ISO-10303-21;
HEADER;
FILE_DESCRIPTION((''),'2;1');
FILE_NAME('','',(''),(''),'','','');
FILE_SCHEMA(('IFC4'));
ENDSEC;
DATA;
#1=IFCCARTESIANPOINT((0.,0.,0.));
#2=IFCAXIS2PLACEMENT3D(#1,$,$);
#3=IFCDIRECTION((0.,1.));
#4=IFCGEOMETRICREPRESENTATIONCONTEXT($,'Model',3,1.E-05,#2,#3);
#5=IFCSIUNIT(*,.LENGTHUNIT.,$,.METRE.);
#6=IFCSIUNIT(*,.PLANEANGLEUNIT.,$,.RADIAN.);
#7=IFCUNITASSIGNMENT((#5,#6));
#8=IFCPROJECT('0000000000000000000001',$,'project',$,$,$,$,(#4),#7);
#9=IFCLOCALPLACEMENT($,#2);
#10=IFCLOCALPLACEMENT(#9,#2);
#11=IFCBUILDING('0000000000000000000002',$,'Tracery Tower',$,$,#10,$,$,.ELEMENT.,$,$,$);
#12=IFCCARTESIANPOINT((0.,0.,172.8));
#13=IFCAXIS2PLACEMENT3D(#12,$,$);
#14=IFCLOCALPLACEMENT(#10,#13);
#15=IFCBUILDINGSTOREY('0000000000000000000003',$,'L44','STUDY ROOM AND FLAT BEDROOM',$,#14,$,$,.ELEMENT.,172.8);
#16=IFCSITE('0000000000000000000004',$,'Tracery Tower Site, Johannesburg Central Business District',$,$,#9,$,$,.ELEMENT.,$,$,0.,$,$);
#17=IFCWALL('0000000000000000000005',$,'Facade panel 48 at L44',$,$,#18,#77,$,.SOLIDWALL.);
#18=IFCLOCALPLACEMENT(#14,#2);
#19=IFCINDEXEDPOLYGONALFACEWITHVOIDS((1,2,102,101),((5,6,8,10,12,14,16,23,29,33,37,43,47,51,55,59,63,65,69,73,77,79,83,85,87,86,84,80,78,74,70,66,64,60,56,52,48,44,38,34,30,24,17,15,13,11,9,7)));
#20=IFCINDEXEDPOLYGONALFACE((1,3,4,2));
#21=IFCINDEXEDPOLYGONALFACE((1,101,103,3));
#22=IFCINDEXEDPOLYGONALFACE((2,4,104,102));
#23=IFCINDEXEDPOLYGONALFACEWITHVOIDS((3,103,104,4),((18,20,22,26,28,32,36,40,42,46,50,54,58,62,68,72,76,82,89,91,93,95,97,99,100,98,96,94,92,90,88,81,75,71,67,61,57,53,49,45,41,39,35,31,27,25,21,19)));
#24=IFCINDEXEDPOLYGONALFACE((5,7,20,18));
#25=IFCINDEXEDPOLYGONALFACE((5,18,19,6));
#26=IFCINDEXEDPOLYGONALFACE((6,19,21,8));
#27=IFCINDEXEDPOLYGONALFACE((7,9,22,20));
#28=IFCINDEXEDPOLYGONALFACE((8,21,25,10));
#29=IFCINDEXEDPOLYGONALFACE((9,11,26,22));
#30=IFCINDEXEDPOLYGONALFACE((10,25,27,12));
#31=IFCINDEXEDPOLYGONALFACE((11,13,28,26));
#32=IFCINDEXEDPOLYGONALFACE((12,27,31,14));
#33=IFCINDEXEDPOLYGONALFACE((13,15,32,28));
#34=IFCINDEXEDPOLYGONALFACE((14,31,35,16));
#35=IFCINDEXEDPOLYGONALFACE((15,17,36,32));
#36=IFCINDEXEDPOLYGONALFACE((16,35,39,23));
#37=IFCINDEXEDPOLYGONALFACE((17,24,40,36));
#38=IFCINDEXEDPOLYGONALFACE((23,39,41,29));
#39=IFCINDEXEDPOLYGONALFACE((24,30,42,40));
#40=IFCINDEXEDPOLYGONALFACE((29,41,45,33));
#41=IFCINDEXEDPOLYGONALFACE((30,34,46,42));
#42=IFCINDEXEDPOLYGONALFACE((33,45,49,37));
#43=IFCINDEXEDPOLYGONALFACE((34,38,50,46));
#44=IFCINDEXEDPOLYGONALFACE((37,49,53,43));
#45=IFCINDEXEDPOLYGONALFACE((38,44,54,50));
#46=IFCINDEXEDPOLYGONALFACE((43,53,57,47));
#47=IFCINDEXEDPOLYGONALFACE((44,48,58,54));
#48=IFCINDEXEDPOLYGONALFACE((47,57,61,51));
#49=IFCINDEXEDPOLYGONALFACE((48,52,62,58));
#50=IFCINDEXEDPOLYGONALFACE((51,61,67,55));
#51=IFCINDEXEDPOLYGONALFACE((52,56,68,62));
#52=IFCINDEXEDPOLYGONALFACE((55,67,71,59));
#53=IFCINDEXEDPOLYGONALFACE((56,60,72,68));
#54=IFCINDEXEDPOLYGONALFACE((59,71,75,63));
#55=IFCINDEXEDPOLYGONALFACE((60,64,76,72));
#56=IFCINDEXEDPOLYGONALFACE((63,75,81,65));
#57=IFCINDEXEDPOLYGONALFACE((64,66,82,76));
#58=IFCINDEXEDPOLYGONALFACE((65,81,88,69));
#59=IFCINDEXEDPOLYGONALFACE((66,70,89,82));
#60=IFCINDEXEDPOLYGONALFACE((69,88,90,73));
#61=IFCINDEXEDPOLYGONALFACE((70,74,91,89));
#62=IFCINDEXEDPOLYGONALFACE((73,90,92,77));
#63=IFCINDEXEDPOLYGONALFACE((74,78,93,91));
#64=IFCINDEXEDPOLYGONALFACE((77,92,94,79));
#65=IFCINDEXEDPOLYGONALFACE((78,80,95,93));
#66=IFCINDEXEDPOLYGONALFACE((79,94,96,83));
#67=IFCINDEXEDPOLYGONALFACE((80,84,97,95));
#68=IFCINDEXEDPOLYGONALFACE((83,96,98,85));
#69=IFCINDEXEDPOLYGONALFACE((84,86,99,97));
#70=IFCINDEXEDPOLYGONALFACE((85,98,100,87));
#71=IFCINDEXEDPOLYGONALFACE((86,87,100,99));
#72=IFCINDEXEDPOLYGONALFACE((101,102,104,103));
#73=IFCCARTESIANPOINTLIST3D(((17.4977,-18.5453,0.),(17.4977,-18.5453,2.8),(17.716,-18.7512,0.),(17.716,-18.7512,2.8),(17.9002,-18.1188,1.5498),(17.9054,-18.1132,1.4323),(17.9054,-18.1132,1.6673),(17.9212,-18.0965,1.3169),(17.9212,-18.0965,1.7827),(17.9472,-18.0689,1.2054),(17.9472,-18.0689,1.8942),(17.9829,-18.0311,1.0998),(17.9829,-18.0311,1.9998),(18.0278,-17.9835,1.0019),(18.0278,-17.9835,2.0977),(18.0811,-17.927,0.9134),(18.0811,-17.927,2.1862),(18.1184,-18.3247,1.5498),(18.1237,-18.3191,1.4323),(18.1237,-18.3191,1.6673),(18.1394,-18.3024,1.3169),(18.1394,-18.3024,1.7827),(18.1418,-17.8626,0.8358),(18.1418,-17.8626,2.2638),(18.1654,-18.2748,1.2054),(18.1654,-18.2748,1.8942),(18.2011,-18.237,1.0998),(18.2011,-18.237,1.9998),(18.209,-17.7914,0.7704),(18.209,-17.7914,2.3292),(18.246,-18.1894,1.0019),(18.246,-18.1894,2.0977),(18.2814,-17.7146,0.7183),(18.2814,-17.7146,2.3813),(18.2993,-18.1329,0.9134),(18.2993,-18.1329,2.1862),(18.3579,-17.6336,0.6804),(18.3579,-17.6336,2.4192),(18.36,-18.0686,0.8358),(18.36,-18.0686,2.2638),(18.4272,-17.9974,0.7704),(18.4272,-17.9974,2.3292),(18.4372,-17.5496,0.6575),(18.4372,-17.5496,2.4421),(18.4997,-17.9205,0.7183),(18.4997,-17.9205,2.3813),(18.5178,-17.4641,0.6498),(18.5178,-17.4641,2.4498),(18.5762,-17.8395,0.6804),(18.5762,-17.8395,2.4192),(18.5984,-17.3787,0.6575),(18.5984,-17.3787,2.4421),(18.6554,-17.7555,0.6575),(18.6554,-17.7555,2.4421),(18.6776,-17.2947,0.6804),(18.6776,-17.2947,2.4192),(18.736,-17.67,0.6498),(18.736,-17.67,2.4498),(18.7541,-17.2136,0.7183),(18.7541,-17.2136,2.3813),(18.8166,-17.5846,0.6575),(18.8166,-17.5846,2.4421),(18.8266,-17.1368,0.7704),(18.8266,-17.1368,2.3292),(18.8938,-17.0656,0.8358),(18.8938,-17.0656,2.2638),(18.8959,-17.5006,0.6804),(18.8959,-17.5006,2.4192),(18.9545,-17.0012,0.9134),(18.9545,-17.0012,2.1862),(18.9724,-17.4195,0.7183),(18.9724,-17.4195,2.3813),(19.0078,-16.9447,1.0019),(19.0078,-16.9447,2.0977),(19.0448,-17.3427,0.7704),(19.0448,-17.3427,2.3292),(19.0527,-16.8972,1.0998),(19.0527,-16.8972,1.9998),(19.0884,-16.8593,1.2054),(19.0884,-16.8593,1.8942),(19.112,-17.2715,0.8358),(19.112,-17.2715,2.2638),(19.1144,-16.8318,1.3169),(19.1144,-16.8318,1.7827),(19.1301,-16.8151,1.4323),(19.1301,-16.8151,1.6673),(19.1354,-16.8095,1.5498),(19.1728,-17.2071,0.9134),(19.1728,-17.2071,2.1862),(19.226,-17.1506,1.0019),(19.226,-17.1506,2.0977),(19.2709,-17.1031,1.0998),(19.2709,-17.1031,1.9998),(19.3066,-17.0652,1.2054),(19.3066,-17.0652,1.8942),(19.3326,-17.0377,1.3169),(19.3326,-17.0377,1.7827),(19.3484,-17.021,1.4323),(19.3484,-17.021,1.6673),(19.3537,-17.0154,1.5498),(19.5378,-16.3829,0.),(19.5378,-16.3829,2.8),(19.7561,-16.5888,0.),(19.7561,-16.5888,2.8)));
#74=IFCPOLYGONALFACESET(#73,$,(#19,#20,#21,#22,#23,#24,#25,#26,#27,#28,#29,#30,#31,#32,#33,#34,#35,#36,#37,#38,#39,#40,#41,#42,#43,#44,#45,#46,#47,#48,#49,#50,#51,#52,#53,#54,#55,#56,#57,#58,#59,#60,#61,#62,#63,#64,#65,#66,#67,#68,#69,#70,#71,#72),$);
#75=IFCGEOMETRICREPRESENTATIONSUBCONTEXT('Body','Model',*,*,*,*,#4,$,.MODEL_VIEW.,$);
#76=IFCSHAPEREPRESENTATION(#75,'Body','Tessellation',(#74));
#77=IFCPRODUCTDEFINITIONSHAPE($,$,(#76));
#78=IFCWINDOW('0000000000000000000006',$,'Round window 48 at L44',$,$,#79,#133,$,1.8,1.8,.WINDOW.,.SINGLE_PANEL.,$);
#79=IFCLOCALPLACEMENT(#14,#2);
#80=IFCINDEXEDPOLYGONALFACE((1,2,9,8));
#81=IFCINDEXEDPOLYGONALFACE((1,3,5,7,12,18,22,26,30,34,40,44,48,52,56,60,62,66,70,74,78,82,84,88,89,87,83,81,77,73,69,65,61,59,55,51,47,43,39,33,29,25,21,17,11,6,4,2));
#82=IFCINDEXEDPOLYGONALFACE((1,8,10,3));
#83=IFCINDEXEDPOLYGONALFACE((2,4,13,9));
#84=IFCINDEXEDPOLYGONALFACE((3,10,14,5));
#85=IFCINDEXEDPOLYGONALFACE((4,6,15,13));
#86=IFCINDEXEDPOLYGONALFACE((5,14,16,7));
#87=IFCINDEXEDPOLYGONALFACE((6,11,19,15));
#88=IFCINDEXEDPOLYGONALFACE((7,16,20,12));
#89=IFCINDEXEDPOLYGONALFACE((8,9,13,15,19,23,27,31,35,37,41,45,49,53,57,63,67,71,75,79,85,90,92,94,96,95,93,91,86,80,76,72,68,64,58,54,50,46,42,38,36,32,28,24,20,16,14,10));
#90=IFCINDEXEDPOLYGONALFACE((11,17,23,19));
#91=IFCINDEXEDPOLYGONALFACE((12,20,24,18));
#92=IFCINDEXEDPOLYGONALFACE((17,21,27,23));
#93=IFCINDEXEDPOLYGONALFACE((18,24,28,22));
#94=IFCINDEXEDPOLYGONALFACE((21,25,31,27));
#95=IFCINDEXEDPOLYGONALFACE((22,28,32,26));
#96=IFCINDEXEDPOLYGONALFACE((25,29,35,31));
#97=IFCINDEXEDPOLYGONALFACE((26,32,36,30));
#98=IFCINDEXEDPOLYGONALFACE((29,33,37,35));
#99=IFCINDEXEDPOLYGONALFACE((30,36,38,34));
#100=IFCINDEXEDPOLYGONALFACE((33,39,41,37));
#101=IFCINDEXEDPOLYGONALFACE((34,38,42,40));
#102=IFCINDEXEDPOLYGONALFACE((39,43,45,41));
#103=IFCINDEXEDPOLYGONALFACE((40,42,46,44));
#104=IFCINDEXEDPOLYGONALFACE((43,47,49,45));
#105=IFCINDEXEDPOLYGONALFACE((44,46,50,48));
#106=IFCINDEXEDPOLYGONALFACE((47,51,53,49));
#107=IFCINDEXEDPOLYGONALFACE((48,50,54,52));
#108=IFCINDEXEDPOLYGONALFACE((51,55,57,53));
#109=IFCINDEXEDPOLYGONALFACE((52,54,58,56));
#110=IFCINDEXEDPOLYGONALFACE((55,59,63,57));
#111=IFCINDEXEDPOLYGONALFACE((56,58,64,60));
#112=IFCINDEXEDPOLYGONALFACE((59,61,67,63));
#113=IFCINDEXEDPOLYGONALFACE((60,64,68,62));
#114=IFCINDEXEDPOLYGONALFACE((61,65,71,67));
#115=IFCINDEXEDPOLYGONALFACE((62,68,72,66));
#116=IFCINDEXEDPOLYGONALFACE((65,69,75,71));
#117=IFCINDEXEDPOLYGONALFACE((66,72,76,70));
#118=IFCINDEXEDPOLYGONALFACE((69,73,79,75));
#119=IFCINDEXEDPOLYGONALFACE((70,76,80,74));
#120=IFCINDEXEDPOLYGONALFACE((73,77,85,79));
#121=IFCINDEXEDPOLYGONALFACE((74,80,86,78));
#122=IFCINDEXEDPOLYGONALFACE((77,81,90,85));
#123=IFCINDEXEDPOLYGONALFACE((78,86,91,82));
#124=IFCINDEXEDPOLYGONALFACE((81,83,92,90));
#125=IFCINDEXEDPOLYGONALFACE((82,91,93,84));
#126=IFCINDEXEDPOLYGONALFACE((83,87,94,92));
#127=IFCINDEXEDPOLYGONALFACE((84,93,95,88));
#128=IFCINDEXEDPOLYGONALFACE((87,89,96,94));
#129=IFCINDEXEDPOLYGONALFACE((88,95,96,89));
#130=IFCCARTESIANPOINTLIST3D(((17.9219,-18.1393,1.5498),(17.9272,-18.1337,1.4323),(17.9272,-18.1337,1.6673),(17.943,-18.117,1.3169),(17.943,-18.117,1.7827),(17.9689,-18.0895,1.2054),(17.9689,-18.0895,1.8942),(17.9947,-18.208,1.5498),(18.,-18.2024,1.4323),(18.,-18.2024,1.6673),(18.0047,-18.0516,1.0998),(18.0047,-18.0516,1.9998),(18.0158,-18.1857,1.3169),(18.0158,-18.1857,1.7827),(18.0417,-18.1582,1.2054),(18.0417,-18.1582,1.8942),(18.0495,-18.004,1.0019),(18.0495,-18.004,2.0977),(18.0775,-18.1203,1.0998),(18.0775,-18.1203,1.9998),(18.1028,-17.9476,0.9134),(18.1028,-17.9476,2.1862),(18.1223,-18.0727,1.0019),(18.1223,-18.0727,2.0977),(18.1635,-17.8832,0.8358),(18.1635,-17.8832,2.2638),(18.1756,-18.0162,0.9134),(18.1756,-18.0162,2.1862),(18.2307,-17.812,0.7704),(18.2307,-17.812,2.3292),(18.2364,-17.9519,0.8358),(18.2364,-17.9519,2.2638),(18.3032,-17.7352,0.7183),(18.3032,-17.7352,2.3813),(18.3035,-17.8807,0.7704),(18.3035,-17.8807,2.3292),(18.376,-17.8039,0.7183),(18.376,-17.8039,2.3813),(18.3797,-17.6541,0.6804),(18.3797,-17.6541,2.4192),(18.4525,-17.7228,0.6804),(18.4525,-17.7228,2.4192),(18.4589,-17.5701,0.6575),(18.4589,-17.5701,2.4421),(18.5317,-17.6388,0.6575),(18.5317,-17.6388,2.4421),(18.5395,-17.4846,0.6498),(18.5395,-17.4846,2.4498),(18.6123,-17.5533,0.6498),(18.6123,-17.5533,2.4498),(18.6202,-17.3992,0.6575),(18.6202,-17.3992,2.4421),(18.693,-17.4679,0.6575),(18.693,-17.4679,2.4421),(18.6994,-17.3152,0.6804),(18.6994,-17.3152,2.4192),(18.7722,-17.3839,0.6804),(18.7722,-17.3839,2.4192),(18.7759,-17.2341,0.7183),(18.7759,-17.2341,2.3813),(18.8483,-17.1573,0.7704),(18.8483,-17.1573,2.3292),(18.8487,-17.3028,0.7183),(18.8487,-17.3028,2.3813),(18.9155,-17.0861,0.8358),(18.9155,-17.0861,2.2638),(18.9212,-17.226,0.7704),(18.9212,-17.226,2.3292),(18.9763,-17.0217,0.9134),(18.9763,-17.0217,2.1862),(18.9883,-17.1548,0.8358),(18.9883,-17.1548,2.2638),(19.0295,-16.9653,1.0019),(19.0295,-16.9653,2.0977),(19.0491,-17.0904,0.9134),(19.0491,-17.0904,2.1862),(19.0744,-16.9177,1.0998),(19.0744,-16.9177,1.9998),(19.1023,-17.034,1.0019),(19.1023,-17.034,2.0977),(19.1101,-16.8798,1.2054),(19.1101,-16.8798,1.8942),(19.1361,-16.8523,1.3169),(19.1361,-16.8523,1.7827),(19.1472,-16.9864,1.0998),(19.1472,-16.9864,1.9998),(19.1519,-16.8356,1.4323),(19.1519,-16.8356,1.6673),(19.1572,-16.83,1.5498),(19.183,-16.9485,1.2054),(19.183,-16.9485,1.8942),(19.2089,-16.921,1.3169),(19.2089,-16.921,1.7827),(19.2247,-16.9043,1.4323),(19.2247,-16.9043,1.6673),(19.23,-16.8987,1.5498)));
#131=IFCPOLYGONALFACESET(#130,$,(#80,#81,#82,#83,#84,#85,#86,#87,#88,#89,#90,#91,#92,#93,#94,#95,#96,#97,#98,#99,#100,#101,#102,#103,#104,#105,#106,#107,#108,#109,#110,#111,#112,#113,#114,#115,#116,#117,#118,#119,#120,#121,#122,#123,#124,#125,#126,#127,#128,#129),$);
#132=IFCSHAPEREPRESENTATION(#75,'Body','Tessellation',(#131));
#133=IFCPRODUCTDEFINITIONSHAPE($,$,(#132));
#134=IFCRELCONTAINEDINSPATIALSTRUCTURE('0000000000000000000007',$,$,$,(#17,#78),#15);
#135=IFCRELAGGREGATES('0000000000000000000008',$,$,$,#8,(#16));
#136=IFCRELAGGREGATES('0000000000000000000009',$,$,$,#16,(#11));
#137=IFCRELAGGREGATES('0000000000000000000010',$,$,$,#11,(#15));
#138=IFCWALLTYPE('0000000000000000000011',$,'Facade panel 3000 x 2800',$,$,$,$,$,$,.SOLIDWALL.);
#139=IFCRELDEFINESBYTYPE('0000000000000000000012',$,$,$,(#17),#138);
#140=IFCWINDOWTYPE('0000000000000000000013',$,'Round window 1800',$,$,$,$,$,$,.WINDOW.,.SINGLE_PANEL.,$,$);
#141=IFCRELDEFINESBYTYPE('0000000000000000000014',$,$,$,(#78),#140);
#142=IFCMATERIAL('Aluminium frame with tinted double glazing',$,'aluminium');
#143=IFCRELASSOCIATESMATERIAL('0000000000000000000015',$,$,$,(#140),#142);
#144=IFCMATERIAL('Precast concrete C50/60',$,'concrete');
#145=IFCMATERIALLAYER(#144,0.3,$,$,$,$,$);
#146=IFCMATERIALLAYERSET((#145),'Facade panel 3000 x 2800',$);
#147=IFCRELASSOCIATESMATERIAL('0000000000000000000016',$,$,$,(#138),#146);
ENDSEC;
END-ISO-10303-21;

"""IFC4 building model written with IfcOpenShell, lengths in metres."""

from ifc_helpers import new_model, si_unit, direction, frame, frame_2d, origin, origin_2d, place, context, subcontext, project, spatial, rectangle, circle, extrude, material, layer, layer_set, type_object, element, fill, save


model = new_model("IFC4")

# Units and contexts
model_context = context("Model", 3, precision=1e-05, world=origin(), true_north=direction((0.0, 1.0)))
body_context = subcontext(model_context, "Body", "Model", "MODEL_VIEW")
ifc_project = project(units=[si_unit("LENGTHUNIT", "METRE"), si_unit("PLANEANGLEUNIT", "RADIAN")], contexts=[model_context])

# Site, building, storey
site_placement = place(None, origin())
site = spatial("IfcSite", under=ifc_project, at=site_placement, Name="Tracery Tower Site, Johannesburg Central Business District", CompositionType="ELEMENT", RefElevation=0.0)
building_placement = place(site_placement, origin())
building = spatial("IfcBuilding", under=site, at=building_placement, Name="Tracery Tower", CompositionType="ELEMENT")
storey_placement = place(building_placement, frame((0.0, 0.0, 172.8)))
storey = spatial("IfcBuildingStorey", under=building, at=storey_placement, Name="L44", Description="STUDY ROOM AND FLAT BEDROOM", CompositionType="ELEMENT", Elevation=172.8)

# Wall, opening, window
ifc_material_1 = material(Name="Aluminium frame with tinted double glazing", Category="aluminium")
window_type = type_object("IfcWindowType", Name="Round window 1800", PartitioningType="SINGLE_PANEL", PredefinedType="WINDOW", material=ifc_material_1)
ifc_material_2 = material(Name="Precast concrete C50/60", Category="concrete")
ifc_layer_1 = layer(ifc_material_2, 0.3)
ifc_layer_set_1 = layer_set([ifc_layer_1], Name="Facade panel 3000 x 2800")
wall_type_1 = type_object("IfcWallType", Name="Facade panel 3000 x 2800", PredefinedType="SOLIDWALL", material=ifc_layer_set_1)
wall_1_placement = place(storey_placement, frame((17.6069, -18.6482, 0.0), z_axis=(0.0, 0.0, 1.0), x_axis=(0.686235, 0.72738, 0.0)))
wall_1 = element("IfcWall", 1, at=wall_1_placement, inside=storey, type_object=wall_type_1, Name="Facade panel 48 at L44", PredefinedType="SOLIDWALL", context=body_context, shape_type="SweptSolid", body=[
    extrude(rectangle(XDim=2.9729, YDim=0.3, at=frame_2d((1.4863, 0.0))), origin(), (0.0, 0.0, 1.0), 2.8),
])
opening_1_placement = place(wall_1_placement, frame((1.4863, 0.0, 1.5498)))
opening_1 = element("IfcOpeningElement", 2, at=opening_1_placement, cuts=wall_1, PredefinedType="OPENING", context=body_context, shape_type="SweptSolid", body=[
    extrude(circle(Radius=0.9, at=origin_2d()), frame((0.0, 0.1599, 0.0), z_axis=(0.0, -1.0, 0.0), x_axis=(1.0, 0.0, 0.0)), (0.0, 0.0, 1.0), 0.3201),
])
window_1_placement = place(opening_1_placement, origin())
window_1 = element("IfcWindow", 3, at=window_1_placement, inside=storey, type_object=window_type, Name="Round window 48 at L44", OverallHeight=1.8, OverallWidth=1.8, PartitioningType="SINGLE_PANEL", PredefinedType="WINDOW", context=body_context, shape_type="SweptSolid", body=[
    extrude(circle(Radius=0.9, at=origin_2d()), frame((0.0, 0.1201, 0.0), z_axis=(0.0, -1.0, 0.0), x_axis=(1.0, 0.0, 0.0)), (0.0, 0.0, 1.0), 0.1001),
])
fill(opening_1, window_1)

save(model, "model.ifc")
